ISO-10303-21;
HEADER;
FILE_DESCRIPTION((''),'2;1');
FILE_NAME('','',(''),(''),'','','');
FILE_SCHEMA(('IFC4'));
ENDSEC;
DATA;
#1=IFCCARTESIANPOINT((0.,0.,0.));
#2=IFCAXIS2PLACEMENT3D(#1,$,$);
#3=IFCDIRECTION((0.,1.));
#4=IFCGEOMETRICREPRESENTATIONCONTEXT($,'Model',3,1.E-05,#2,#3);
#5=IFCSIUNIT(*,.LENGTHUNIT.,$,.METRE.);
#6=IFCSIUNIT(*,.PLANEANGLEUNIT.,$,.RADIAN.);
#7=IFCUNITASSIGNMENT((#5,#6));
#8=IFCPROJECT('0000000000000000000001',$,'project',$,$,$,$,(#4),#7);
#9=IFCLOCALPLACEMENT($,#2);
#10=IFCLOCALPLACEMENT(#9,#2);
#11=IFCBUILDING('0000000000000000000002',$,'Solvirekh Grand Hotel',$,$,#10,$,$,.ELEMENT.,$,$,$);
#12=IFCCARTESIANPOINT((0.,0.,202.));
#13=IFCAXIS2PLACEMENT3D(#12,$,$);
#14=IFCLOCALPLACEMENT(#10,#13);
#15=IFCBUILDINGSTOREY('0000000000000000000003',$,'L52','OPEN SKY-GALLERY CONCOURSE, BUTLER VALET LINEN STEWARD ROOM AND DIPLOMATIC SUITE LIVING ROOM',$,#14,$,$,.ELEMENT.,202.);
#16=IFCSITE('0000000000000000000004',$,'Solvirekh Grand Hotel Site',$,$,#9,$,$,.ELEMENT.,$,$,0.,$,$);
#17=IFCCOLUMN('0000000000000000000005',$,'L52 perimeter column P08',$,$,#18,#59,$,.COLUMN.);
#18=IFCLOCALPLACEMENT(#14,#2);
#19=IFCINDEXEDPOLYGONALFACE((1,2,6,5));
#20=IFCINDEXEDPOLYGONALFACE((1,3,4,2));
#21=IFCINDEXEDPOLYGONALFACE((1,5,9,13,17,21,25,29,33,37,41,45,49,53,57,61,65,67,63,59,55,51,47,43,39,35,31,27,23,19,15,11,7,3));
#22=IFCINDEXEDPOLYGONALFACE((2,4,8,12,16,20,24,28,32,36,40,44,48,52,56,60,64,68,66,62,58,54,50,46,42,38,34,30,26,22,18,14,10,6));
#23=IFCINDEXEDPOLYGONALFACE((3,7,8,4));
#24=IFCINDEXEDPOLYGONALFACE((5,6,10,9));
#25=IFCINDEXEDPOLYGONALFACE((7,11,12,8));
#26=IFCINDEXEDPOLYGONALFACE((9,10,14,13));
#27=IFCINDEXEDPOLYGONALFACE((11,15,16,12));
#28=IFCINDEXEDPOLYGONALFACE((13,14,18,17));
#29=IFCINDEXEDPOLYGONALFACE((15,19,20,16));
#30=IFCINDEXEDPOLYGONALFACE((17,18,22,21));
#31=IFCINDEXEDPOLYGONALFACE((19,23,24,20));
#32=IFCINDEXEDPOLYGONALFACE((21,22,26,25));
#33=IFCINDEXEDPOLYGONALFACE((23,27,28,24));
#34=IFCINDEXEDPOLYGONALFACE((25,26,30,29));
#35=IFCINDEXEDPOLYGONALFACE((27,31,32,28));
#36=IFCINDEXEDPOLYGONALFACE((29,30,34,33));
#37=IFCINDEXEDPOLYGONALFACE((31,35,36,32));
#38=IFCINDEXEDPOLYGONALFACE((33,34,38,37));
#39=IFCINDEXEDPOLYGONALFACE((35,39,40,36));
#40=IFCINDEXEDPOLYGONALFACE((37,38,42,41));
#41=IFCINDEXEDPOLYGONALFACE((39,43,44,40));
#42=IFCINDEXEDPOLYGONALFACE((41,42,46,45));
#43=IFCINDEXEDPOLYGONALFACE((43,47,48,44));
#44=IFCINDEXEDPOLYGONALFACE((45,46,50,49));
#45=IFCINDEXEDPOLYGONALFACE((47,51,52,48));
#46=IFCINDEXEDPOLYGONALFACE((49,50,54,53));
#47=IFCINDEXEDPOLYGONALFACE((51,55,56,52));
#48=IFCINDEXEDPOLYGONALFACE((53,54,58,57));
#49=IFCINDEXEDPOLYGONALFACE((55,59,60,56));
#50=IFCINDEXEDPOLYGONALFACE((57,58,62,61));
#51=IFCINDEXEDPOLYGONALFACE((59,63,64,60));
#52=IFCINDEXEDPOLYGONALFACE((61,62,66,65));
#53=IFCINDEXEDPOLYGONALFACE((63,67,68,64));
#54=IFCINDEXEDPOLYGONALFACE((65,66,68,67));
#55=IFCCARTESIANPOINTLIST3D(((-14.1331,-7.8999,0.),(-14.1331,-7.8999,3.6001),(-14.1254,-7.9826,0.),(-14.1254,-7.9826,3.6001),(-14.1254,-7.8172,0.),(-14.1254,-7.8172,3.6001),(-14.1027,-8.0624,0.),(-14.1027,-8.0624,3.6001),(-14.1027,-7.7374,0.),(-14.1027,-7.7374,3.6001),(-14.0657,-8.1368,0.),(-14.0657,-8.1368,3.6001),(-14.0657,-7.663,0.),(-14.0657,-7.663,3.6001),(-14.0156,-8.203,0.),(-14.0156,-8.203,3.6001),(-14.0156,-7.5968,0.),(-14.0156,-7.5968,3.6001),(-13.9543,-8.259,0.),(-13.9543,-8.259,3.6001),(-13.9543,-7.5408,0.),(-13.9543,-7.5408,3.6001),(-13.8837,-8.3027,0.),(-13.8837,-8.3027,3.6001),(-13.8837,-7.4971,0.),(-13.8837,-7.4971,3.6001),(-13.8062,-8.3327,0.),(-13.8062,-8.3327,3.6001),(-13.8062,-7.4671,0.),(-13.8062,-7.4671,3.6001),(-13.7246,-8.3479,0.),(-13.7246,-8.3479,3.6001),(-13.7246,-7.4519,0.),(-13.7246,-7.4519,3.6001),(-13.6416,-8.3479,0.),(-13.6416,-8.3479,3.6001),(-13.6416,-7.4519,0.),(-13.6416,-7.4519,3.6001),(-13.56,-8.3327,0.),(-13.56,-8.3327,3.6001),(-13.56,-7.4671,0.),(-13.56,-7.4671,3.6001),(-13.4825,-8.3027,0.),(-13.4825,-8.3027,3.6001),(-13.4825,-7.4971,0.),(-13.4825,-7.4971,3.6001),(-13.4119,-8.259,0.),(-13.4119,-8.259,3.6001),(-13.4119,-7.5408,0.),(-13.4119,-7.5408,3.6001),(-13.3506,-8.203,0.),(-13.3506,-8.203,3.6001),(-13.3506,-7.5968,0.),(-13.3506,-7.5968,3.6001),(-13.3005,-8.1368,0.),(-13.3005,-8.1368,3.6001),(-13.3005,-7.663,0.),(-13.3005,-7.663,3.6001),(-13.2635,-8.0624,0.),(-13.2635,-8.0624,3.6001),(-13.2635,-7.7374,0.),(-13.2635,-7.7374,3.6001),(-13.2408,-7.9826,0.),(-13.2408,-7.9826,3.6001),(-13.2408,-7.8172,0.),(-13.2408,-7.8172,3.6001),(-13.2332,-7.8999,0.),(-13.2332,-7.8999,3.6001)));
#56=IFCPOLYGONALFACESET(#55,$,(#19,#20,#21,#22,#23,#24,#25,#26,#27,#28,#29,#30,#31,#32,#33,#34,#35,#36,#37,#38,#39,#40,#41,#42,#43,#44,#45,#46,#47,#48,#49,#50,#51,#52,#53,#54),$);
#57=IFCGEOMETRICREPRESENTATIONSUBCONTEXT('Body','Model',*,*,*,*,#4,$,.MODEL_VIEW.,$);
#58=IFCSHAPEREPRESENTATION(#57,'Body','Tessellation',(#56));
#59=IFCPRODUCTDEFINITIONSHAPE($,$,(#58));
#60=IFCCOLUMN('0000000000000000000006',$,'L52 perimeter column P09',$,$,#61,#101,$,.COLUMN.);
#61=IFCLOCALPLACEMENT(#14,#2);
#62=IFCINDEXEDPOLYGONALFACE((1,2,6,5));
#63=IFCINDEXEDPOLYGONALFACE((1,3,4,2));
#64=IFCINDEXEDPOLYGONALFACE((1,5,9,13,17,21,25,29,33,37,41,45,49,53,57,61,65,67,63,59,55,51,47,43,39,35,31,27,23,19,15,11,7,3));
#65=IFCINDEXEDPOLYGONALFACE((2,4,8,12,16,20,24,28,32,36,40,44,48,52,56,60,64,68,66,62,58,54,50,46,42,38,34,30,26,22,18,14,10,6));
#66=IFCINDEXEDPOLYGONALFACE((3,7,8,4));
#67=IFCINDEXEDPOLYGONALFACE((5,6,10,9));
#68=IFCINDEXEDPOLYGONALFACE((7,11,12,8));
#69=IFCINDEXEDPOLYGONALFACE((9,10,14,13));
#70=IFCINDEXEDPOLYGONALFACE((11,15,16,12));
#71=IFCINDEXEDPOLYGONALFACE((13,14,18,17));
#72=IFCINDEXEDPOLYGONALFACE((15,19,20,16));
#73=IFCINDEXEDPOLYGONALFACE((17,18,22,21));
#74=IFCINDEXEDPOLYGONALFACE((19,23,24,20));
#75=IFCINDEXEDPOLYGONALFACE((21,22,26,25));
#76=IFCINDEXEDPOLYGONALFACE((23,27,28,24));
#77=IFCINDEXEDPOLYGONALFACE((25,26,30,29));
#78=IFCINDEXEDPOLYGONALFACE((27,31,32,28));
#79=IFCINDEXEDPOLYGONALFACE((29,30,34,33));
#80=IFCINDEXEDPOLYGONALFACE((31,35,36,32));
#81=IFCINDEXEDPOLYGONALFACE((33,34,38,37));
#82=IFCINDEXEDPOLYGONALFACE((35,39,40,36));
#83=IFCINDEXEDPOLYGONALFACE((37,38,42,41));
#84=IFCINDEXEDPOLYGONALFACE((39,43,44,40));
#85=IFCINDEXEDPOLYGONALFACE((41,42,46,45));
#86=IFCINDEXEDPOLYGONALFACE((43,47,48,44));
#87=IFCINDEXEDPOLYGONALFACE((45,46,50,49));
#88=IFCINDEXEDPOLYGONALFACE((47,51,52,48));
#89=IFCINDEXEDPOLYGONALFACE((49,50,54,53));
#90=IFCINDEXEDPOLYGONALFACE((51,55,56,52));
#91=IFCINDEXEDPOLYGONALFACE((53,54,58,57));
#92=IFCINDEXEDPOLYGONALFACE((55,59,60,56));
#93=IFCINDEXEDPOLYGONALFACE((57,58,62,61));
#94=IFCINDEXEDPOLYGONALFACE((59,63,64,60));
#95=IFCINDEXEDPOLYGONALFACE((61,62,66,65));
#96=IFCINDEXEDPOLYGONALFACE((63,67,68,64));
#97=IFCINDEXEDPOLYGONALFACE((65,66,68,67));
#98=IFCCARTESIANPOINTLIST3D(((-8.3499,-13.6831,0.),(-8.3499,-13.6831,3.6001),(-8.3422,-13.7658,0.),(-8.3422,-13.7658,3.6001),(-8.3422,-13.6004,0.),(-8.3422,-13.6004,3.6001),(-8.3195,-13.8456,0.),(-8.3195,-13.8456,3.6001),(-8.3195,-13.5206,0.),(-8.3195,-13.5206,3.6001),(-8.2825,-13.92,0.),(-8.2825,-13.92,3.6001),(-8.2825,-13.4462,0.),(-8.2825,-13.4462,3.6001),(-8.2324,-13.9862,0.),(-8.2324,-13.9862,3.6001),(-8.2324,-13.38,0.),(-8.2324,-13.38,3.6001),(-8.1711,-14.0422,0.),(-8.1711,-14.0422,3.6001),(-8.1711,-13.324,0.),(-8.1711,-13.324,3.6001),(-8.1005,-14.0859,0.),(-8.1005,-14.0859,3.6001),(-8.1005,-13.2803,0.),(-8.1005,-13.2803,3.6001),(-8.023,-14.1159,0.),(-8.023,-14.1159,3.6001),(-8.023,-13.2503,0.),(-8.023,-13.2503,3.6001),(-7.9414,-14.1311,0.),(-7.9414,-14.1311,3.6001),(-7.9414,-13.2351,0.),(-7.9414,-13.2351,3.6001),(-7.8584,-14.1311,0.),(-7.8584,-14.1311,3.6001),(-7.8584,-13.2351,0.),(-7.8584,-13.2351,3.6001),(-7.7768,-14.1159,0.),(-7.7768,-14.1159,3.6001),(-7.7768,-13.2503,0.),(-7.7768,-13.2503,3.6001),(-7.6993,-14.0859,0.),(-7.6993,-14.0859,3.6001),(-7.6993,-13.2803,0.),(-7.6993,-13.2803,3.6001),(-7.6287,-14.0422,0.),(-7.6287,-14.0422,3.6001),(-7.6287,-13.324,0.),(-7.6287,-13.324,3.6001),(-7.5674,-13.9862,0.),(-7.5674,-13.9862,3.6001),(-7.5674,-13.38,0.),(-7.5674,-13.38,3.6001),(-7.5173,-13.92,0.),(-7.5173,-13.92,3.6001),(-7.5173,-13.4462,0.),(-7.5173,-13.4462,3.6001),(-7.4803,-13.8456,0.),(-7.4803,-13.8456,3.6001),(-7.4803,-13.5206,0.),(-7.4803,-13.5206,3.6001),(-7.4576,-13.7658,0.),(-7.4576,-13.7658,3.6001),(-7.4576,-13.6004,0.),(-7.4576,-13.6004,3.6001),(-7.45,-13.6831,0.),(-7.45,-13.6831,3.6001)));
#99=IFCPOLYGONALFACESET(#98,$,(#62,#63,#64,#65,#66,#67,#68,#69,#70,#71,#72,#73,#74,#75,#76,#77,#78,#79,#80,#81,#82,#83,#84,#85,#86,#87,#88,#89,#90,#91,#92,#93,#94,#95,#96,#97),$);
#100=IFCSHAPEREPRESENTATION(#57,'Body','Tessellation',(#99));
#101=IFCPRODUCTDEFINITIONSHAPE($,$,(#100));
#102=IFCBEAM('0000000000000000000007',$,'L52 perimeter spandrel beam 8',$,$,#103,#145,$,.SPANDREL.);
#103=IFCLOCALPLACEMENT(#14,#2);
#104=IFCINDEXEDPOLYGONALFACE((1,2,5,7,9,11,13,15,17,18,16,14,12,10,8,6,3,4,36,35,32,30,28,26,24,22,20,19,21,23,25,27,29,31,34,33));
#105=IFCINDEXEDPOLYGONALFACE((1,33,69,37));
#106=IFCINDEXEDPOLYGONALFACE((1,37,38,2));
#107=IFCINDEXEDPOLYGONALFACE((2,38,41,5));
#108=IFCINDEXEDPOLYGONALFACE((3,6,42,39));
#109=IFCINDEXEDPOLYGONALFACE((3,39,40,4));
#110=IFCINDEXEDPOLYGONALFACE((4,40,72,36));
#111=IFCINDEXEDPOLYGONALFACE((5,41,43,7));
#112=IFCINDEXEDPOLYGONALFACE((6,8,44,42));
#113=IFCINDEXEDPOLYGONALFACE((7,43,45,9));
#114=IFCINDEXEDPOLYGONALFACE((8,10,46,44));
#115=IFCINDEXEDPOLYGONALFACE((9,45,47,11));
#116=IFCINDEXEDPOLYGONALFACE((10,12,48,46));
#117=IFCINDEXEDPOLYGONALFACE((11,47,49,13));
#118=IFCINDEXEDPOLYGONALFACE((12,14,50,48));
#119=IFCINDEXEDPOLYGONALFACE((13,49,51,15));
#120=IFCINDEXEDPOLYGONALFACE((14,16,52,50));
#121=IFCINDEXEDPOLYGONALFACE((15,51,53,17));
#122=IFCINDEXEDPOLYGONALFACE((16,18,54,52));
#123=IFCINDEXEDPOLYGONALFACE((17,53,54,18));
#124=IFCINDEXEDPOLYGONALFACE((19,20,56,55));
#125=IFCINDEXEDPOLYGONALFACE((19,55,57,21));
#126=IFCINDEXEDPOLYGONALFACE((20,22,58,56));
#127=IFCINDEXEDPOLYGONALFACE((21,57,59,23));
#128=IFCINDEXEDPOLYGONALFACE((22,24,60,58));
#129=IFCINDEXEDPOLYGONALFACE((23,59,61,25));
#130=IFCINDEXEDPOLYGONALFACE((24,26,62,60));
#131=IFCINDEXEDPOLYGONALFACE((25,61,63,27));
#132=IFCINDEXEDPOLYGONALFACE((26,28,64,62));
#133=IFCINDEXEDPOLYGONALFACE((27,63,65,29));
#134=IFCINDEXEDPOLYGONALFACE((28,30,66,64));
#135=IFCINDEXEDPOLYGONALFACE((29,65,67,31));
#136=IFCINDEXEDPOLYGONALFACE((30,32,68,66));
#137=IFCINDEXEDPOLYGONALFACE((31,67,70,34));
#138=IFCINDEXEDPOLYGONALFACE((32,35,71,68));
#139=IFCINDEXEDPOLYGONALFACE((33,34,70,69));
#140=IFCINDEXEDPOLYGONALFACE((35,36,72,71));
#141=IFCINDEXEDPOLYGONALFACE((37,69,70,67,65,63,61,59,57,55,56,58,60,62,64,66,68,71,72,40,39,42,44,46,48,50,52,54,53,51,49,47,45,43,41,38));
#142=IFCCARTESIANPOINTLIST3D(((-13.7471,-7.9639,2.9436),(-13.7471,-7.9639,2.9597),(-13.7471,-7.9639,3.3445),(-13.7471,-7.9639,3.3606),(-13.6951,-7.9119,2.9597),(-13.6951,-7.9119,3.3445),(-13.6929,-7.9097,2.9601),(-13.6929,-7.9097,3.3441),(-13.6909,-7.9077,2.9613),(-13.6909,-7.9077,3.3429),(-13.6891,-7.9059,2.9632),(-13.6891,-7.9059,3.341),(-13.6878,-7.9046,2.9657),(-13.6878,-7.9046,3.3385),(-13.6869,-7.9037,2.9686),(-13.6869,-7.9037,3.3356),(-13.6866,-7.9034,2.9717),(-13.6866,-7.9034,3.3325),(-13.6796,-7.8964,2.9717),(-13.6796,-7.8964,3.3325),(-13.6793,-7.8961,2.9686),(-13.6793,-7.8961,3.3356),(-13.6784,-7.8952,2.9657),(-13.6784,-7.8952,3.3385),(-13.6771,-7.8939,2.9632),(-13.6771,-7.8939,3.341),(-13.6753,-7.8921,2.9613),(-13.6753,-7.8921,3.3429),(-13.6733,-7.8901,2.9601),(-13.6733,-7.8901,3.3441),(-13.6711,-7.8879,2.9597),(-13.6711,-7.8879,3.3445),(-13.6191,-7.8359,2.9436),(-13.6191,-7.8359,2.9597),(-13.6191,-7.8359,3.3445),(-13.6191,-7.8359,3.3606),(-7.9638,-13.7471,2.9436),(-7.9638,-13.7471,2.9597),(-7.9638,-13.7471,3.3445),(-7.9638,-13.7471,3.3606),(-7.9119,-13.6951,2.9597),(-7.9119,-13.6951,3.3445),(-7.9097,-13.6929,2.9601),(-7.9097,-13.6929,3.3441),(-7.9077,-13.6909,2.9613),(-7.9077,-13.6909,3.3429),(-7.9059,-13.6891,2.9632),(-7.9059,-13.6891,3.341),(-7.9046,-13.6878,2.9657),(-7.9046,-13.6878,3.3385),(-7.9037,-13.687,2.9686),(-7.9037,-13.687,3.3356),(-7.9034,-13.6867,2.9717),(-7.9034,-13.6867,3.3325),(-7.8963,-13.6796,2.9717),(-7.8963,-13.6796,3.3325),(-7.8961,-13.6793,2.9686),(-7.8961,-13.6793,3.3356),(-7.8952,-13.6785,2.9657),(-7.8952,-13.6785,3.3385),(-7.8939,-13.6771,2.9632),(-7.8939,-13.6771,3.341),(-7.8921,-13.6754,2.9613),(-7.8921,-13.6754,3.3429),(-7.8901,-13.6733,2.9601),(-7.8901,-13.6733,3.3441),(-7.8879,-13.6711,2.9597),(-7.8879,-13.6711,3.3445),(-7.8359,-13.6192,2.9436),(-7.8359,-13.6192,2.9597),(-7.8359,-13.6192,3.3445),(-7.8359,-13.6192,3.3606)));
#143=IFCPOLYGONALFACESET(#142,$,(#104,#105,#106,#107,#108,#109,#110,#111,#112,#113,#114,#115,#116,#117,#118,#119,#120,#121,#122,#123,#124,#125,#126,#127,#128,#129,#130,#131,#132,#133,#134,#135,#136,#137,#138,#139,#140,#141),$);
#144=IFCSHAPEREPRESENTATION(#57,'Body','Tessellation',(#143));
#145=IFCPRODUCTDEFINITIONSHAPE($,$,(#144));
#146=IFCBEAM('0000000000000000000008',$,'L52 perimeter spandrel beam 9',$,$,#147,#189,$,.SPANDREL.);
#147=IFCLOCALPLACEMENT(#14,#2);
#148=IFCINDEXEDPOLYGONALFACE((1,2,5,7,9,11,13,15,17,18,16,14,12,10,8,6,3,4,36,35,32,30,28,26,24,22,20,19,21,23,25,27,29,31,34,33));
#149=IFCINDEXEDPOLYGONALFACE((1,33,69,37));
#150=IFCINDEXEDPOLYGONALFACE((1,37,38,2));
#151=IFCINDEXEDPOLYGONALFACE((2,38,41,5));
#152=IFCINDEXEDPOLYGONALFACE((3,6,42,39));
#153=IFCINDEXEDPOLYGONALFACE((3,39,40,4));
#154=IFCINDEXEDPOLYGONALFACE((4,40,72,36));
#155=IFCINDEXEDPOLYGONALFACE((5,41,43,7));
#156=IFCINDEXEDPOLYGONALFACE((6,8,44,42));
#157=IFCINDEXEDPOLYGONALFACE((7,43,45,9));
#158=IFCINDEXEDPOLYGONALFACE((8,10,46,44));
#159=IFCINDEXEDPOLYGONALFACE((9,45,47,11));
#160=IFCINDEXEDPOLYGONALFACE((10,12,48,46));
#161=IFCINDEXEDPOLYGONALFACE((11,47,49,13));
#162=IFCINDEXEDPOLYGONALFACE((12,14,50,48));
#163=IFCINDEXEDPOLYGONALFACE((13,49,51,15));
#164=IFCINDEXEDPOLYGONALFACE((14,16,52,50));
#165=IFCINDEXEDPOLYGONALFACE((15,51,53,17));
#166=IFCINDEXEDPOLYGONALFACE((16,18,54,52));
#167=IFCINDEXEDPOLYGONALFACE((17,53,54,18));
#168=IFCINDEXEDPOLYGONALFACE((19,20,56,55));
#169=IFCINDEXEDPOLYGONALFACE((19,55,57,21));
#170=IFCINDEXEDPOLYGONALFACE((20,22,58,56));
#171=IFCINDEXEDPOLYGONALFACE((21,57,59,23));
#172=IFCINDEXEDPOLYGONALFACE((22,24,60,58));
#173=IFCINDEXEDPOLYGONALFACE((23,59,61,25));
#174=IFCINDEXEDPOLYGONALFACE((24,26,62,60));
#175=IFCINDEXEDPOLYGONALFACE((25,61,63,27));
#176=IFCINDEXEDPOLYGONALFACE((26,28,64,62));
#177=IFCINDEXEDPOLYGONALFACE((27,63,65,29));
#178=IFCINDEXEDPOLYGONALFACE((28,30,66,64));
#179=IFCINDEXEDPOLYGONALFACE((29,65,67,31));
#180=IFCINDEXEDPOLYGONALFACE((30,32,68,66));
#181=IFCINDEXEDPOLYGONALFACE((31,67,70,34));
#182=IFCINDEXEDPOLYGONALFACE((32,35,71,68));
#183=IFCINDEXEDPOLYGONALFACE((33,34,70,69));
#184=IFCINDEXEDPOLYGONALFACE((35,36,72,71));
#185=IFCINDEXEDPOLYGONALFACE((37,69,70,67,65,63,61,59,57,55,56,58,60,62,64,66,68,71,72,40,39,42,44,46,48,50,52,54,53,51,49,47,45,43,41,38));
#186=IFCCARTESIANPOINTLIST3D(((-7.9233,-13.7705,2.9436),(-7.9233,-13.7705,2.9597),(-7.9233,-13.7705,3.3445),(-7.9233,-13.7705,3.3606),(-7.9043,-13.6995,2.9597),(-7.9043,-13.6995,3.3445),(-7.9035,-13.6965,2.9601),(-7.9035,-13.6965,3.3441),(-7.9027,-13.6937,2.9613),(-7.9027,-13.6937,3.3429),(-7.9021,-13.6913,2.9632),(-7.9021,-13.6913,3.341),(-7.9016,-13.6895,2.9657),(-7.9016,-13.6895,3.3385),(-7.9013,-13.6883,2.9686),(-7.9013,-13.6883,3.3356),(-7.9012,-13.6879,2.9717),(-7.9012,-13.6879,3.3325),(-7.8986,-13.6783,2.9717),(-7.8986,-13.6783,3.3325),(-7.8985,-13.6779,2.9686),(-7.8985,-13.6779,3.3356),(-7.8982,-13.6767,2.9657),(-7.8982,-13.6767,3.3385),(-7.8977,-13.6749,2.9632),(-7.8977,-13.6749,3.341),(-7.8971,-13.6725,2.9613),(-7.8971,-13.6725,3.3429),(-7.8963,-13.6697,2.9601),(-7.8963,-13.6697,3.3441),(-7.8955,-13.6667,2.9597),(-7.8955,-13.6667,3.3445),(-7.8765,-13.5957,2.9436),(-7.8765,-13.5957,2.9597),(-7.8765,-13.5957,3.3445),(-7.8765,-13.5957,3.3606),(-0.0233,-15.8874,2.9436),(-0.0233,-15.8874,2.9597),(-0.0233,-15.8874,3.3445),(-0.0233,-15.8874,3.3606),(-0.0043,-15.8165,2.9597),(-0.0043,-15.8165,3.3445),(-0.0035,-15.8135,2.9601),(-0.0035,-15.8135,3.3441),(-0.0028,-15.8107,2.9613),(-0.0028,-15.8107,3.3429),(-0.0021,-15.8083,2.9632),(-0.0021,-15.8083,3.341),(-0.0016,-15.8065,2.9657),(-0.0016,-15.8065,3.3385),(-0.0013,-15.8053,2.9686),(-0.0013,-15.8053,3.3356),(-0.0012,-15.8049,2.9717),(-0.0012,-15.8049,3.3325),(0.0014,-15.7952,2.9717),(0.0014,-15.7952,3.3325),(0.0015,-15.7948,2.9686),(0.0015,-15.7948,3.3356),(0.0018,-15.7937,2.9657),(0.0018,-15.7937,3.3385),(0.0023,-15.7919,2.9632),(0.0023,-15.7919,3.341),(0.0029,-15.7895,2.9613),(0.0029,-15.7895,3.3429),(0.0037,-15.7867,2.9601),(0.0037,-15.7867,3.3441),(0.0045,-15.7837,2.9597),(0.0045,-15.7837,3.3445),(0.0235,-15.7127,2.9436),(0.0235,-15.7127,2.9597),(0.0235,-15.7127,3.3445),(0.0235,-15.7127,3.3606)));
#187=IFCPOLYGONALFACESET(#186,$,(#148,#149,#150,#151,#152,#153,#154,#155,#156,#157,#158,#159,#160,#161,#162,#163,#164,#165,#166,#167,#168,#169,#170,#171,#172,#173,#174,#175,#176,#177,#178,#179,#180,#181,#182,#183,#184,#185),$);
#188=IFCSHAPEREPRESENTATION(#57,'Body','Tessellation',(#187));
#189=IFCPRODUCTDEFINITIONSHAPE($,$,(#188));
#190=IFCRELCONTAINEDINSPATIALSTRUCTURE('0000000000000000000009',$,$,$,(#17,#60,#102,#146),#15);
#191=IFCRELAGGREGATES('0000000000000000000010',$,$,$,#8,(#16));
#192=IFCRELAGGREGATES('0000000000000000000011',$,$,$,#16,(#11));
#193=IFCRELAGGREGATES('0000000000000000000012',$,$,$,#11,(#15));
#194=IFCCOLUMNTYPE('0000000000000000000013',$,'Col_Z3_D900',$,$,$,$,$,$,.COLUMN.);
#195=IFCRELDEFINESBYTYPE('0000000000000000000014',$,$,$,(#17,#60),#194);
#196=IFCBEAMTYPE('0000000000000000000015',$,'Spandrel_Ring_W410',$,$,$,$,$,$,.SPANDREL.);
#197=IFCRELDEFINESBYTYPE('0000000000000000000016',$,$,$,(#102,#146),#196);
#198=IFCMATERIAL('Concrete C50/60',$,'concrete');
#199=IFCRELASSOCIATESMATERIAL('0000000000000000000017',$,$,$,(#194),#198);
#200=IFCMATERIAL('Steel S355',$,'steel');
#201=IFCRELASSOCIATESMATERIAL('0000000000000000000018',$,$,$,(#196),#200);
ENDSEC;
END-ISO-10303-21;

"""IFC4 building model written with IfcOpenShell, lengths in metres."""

from ifc_helpers import new_model, si_unit, direction, frame, origin, origin_2d, place, context, subcontext, project, spatial, circle, i_section, extrude, material, material_profile, profile_set, type_object, element, save


model = new_model("IFC4")

# Units and contexts
model_context = context("Model", 3, precision=1e-05, world=origin(), true_north=direction((0.0, 1.0)))
body_context = subcontext(model_context, "Body", "Model", "MODEL_VIEW")
ifc_project = project(units=[si_unit("LENGTHUNIT", "METRE"), si_unit("PLANEANGLEUNIT", "RADIAN")], contexts=[model_context])

# Site, building, storey
site_placement = place(None, origin())
site = spatial("IfcSite", under=ifc_project, at=site_placement, Name="Solvirekh Grand Hotel Site", CompositionType="ELEMENT", RefElevation=0.0)
building_placement = place(site_placement, origin())
building = spatial("IfcBuilding", under=site, at=building_placement, Name="Solvirekh Grand Hotel", CompositionType="ELEMENT")
storey_placement = place(building_placement, frame((0.0, 0.0, 202.0)))
storey = spatial("IfcBuildingStorey", under=building, at=storey_placement, Name="L52", Description="OPEN SKY-GALLERY CONCOURSE, BUTLER VALET LINEN STEWARD ROOM AND DIPLOMATIC SUITE LIVING ROOM", CompositionType="ELEMENT", Elevation=202.0)

# Columns
ifc_material_1 = material(Name="Concrete C50/60", Category="concrete")
ifc_material_profile_1 = material_profile(ifc_material_1, circle(Radius=0.45, at=origin_2d()), Name="RC CIRC D900")
ifc_profile_set_1 = profile_set([ifc_material_profile_1], Name="Concrete C50/60")
column_type = type_object("IfcColumnType", Name="Col_Z3_D900", PredefinedType="COLUMN", material=ifc_profile_set_1)
for number, where, z_axis, x_axis, name in (
    (1, (-13.6831, -7.8999, 0.0), (0.0, 0.0, 1.0), (1.0, 0.0, 0.0), "L52 perimeter column P08"),
    (2, (-7.8999, -13.6831, 0.0), (0.0, 0.0, 1.0), (1.0, 0.0, 0.0), "L52 perimeter column P09"),
):
    element("IfcColumn", number, at=place(storey_placement, frame(where, z_axis=z_axis, x_axis=x_axis)), inside=storey, type_object=column_type, Name=name, PredefinedType="COLUMN", context=body_context, shape_type="SweptSolid", body=[
        extrude(circle(Radius=0.45, at=origin_2d()), origin(), (0.0, 0.0, 1.0), 3.6001),
    ])

# Beams
ifc_material_2 = material(Name="Steel S355", Category="steel")
ifc_material_profile_2 = material_profile(ifc_material_2, i_section(OverallWidth=0.1809, OverallDepth=0.417, WebThickness=0.01, FlangeThickness=0.0161, FilletRadius=0.012, at=origin_2d()), Name="W410X85")
ifc_profile_set_2 = profile_set([ifc_material_profile_2], Name="Steel S355")
beam_type = type_object("IfcBeamType", Name="Spandrel_Ring_W410", PredefinedType="SPANDREL", material=ifc_profile_set_2)
for number, where, z_axis, x_axis, name in (
    (3, (-13.6831, -7.8999, 3.1521), (0.707107, -0.707107, 0.0), (0.707107, 0.707107, 0.0), "L52 perimeter spandrel beam 8"),
    (4, (-7.8999, -13.6831, 3.1521), (0.965921, -0.258839, 0.0), (0.258839, 0.965921, 0.0), "L52 perimeter spandrel beam 9"),
):
    element("IfcBeam", number, at=place(storey_placement, frame(where, z_axis=z_axis, x_axis=x_axis)), inside=storey, type_object=beam_type, Name=name, PredefinedType="SPANDREL", context=body_context, shape_type="SweptSolid", body=[
        extrude(i_section(OverallWidth=0.1809, OverallDepth=0.417, WebThickness=0.01, FlangeThickness=0.0161, FilletRadius=0.012, at=origin_2d()), origin(), (0.0, 0.0, 1.0), 8.1787),
    ])

save(model, "model.ifc")
